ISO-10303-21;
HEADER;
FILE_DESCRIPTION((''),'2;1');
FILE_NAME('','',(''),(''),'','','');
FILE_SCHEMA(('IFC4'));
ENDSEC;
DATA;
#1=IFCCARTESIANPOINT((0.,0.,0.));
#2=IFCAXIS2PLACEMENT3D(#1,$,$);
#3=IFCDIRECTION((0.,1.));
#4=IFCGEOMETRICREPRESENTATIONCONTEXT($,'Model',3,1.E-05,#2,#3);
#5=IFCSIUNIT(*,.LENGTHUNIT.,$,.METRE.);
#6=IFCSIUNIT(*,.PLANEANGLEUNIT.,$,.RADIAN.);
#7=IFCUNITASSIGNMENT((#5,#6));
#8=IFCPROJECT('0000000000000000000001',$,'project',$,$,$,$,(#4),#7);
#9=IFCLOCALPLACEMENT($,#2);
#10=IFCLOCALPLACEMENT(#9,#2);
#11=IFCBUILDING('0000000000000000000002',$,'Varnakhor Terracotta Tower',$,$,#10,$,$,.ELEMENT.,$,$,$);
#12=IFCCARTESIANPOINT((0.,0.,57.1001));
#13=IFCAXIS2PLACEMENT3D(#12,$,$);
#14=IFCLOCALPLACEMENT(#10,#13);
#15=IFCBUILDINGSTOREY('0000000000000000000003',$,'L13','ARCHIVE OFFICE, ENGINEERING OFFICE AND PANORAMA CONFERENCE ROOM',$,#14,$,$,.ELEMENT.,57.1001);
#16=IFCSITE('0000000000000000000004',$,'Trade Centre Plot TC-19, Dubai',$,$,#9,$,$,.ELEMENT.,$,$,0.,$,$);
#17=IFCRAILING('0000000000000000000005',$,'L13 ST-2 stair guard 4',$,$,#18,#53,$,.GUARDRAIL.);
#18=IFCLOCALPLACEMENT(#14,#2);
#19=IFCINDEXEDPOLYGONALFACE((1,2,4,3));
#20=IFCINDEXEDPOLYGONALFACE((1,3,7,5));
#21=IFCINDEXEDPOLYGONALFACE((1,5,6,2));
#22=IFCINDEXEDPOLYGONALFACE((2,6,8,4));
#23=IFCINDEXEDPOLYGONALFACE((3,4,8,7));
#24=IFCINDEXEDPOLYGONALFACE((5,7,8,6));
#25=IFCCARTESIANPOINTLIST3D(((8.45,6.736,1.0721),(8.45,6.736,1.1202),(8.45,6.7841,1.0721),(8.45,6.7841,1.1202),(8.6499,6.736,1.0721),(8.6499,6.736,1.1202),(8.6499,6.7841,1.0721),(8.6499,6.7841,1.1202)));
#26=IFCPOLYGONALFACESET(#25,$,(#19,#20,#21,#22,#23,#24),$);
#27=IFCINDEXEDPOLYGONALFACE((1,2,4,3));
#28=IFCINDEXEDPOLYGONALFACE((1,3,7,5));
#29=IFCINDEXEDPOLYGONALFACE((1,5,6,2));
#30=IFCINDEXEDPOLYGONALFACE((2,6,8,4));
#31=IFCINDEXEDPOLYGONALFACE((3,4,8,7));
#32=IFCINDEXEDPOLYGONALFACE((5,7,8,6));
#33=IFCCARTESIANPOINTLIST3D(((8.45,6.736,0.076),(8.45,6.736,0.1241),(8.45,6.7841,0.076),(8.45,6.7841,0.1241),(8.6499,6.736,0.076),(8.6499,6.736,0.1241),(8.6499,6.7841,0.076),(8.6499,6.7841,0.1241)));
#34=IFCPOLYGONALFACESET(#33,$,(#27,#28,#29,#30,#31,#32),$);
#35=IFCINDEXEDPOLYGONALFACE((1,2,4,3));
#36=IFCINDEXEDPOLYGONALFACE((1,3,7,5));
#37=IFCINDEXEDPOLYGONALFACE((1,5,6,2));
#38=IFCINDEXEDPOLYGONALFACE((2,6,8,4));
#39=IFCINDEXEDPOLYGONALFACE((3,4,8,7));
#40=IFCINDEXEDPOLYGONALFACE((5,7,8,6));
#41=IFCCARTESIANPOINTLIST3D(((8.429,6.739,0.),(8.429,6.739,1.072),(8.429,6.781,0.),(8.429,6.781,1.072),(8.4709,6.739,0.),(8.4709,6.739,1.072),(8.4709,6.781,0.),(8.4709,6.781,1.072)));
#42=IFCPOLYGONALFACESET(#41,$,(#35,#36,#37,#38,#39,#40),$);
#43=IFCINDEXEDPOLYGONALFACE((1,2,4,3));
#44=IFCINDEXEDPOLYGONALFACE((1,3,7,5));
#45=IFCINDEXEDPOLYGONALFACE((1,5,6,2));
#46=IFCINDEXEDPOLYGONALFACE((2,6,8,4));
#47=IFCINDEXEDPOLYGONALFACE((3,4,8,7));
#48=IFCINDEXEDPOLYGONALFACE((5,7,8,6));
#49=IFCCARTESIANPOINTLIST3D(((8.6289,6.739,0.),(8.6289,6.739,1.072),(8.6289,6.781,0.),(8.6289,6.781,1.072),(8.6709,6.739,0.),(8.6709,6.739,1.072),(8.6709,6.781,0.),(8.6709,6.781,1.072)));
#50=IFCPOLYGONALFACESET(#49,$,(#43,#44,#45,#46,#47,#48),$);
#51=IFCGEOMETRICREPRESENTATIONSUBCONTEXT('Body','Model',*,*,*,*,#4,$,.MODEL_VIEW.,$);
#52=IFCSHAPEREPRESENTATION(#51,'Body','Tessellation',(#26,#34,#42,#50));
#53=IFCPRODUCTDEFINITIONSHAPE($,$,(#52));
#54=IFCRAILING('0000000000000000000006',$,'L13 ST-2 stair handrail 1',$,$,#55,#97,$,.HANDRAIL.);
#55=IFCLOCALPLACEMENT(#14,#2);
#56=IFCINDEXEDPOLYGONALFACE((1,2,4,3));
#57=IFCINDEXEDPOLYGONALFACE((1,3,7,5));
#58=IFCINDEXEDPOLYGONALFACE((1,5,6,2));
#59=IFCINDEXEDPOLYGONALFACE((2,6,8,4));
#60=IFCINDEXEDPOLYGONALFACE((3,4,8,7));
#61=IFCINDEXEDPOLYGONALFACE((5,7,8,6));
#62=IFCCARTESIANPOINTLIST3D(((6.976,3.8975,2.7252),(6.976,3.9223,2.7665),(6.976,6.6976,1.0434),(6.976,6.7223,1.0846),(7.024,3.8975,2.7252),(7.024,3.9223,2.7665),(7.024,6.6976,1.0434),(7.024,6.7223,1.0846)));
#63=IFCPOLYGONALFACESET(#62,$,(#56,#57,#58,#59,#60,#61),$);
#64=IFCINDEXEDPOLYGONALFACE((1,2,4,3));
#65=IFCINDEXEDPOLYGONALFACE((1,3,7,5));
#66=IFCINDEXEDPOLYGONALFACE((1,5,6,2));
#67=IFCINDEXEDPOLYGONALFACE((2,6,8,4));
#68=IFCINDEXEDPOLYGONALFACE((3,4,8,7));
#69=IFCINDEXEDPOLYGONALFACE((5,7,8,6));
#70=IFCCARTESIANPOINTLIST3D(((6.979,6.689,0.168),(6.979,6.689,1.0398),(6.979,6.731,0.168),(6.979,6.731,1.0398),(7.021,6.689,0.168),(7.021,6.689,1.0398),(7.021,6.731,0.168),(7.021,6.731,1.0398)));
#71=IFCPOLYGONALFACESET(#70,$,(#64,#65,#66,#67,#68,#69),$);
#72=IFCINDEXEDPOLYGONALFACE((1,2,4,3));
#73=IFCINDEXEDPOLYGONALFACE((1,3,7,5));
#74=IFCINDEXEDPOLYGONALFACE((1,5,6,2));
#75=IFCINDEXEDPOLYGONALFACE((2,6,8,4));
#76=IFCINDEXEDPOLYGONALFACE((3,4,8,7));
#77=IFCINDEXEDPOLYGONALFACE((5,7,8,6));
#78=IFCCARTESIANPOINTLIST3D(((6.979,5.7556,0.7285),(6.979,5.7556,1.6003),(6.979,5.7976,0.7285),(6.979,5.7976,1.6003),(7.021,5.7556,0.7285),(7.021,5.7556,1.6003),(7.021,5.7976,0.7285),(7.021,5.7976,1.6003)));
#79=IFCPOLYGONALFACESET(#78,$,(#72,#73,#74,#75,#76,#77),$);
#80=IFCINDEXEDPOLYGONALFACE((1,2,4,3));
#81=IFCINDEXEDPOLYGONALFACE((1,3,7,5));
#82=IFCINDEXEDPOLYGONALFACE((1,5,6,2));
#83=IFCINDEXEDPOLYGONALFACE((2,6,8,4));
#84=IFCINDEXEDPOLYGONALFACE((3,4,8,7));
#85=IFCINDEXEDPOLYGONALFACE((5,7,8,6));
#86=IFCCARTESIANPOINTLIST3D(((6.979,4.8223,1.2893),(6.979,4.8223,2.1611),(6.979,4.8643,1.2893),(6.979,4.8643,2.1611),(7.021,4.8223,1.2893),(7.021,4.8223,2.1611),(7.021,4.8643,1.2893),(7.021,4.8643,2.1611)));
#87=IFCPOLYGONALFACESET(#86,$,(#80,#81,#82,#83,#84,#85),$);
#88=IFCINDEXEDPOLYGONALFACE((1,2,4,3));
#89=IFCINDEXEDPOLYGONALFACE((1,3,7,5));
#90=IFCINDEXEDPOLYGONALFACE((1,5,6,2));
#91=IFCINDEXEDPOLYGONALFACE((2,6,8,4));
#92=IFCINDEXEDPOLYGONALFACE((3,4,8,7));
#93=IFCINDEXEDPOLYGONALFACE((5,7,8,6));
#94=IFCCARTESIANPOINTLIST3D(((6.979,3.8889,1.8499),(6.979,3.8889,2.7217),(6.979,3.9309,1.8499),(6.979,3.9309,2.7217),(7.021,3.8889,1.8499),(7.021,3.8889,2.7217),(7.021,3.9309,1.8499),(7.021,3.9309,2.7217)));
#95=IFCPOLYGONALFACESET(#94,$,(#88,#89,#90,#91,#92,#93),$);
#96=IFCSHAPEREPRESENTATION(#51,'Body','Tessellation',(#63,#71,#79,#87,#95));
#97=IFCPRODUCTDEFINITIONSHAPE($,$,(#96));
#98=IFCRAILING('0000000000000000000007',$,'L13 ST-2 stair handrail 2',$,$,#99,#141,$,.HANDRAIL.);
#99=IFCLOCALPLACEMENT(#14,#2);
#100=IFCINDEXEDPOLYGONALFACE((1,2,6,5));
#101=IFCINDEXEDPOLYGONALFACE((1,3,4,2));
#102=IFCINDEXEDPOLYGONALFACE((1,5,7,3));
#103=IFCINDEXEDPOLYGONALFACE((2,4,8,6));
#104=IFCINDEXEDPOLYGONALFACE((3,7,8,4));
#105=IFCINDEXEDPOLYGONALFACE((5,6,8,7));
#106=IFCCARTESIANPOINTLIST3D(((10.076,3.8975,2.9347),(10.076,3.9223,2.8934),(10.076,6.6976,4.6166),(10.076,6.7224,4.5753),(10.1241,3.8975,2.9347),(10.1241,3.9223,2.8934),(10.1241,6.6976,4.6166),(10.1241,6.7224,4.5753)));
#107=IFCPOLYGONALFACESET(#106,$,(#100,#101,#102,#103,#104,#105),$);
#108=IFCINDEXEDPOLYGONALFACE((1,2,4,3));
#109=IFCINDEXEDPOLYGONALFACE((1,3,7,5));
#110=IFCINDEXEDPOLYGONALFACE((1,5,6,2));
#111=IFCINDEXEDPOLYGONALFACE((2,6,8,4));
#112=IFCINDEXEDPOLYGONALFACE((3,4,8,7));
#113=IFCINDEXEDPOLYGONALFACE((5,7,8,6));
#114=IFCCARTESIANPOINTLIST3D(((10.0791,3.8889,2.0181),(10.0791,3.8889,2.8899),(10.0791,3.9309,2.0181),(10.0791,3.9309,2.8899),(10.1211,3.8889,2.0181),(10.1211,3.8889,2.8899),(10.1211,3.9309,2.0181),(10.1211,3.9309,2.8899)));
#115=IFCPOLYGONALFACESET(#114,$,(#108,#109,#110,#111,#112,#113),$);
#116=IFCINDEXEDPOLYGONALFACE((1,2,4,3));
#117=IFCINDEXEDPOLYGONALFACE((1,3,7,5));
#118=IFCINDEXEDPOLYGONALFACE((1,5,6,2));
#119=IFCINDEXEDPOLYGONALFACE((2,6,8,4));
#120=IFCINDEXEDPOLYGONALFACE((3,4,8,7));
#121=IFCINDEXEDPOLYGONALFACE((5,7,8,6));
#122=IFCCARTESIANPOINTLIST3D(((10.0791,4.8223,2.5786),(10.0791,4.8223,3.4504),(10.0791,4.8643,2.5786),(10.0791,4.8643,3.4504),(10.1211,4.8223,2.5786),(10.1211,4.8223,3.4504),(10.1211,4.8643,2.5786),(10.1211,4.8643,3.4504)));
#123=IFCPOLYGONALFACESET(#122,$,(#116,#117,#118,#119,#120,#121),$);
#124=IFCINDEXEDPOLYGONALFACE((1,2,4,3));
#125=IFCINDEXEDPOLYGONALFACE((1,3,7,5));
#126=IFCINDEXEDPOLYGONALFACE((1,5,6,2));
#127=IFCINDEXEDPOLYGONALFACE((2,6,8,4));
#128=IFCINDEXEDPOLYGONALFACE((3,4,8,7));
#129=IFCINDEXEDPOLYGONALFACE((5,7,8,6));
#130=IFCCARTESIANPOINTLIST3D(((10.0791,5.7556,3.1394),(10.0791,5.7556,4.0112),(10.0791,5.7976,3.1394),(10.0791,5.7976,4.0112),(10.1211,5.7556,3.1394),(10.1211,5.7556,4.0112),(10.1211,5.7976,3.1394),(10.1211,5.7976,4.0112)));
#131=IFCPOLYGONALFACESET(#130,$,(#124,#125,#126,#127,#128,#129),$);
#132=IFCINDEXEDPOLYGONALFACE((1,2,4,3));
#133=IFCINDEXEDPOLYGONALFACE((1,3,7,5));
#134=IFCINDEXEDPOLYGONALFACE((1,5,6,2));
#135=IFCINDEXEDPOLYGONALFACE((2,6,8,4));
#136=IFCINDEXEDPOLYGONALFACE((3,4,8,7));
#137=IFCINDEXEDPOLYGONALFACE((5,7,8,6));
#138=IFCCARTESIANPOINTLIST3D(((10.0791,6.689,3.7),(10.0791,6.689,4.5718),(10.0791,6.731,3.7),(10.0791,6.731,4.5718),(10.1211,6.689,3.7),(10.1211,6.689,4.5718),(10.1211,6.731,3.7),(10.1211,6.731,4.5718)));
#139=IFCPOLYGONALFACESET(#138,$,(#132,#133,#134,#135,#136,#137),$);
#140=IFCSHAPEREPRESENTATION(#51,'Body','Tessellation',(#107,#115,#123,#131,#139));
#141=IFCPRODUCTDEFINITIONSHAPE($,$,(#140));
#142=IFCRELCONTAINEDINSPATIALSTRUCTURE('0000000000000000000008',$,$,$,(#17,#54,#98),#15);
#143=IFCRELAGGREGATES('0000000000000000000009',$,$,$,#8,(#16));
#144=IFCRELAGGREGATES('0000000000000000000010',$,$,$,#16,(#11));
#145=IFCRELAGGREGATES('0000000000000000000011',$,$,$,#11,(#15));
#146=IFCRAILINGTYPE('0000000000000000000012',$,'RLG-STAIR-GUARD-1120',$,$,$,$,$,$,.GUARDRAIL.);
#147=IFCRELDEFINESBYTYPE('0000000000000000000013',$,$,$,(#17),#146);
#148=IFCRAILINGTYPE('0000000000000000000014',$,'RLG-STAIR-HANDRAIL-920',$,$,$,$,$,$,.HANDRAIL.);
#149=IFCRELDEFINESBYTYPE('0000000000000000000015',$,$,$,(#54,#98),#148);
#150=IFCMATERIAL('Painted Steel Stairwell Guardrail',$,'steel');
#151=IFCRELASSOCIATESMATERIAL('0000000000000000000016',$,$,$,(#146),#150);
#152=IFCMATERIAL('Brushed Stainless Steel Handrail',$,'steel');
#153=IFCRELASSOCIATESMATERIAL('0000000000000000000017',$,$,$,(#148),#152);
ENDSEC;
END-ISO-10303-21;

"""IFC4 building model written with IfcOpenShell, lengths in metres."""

from ifc_helpers import new_model, si_unit, direction, frame, origin, origin_2d, place, context, subcontext, project, spatial, rectangle, extrude, material, type_object, element, save


model = new_model("IFC4")

# Units and contexts
model_context = context("Model", 3, precision=1e-05, world=origin(), true_north=direction((0.0, 1.0)))
body_context = subcontext(model_context, "Body", "Model", "MODEL_VIEW")
ifc_project = project(units=[si_unit("LENGTHUNIT", "METRE"), si_unit("PLANEANGLEUNIT", "RADIAN")], contexts=[model_context])

# Site, building, storey
site_placement = place(None, origin())
site = spatial("IfcSite", under=ifc_project, at=site_placement, Name="Trade Centre Plot TC-19, Dubai", CompositionType="ELEMENT", RefElevation=0.0)
building_placement = place(site_placement, origin())
building = spatial("IfcBuilding", under=site, at=building_placement, Name="Varnakhor Terracotta Tower", CompositionType="ELEMENT")
storey_placement = place(building_placement, frame((0.0, 0.0, 57.1001)))
storey = spatial("IfcBuildingStorey", under=building, at=storey_placement, Name="L13", Description="ARCHIVE OFFICE, ENGINEERING OFFICE AND PANORAMA CONFERENCE ROOM", CompositionType="ELEMENT", Elevation=57.1001)

# Railings
ifc_material_1 = material(Name="Painted Steel Stairwell Guardrail", Category="steel")
railing_type_1 = type_object("IfcRailingType", Name="RLG-STAIR-GUARD-1120", PredefinedType="GUARDRAIL", material=ifc_material_1)
railing_1_placement = place(storey_placement, frame((8.45, 6.76, 0.0)))
element("IfcRailing", 1, at=railing_1_placement, inside=storey, type_object=railing_type_1, Name="L13 ST-2 stair guard 4", PredefinedType="GUARDRAIL", context=body_context, shape_type="SweptSolid", body=[
    extrude(rectangle(XDim=0.0481, YDim=0.0481, at=origin_2d()), frame((0.0, 0.0, 1.0962), z_axis=(1.0, 0.0, 0.0), x_axis=(0.0, 1.0, 0.0)), (0.0, 0.0, 1.0), 0.2),
    extrude(rectangle(XDim=0.0481, YDim=0.0481, at=origin_2d()), frame((0.0, 0.0, 0.1001), z_axis=(1.0, 0.0, 0.0), x_axis=(0.0, 1.0, 0.0)), (0.0, 0.0, 1.0), 0.2),
    extrude(rectangle(XDim=0.042, YDim=0.042, at=origin_2d()), origin(), (0.0, 0.0, 1.0), 1.072),
    extrude(rectangle(XDim=0.042, YDim=0.042, at=origin_2d()), frame((0.2, 0.0, 0.0)), (0.0, 0.0, 1.0), 1.072),
])
ifc_material_2 = material(Name="Brushed Stainless Steel Handrail", Category="steel")
railing_type_2 = type_object("IfcRailingType", Name="RLG-STAIR-HANDRAIL-920", PredefinedType="HANDRAIL", material=ifc_material_2)
railing_2_placement = place(storey_placement, frame((7.0, 6.71, 0.168)))
element("IfcRailing", 2, at=railing_2_placement, inside=storey, type_object=railing_type_2, Name="L13 ST-2 stair handrail 1", PredefinedType="HANDRAIL", context=body_context, shape_type="SweptSolid", body=[
    extrude(rectangle(XDim=0.0481, YDim=0.0481, at=origin_2d()), frame((0.0, 0.0, 0.896), z_axis=(0.0, -0.857242, 0.514913), x_axis=(1.0, 0.0, 0.0)), (0.0, 0.0, 1.0), 3.2664),
    extrude(rectangle(XDim=0.042, YDim=0.042, at=origin_2d()), origin(), (0.0, 0.0, 1.0), 0.8718),
    extrude(rectangle(XDim=0.042, YDim=0.042, at=origin_2d()), frame((0.0, -0.9333, 0.5605)), (0.0, 0.0, 1.0), 0.8718),
    extrude(rectangle(XDim=0.042, YDim=0.042, at=origin_2d()), frame((0.0, -1.8667, 1.1213)), (0.0, 0.0, 1.0), 0.8718),
    extrude(rectangle(XDim=0.042, YDim=0.042, at=origin_2d()), frame((0.0, -2.8, 1.6819)), (0.0, 0.0, 1.0), 0.8718),
])
railing_3_placement = place(storey_placement, frame((10.1001, 3.9099, 2.0181)))
element("IfcRailing", 3, at=railing_3_placement, inside=storey, type_object=railing_type_2, Name="L13 ST-2 stair handrail 2", PredefinedType="HANDRAIL", context=body_context, shape_type="SweptSolid", body=[
    extrude(rectangle(XDim=0.0481, YDim=0.0481, at=origin_2d()), frame((0.0, 0.0, 0.896), z_axis=(0.0, 0.857242, 0.514913), x_axis=(-1.0, 0.0, 0.0)), (0.0, 0.0, 1.0), 3.2664),
    extrude(rectangle(XDim=0.042, YDim=0.042, at=origin_2d()), origin(), (0.0, 0.0, 1.0), 0.8718),
    extrude(rectangle(XDim=0.042, YDim=0.042, at=origin_2d()), frame((0.0, 0.9333, 0.5605)), (0.0, 0.0, 1.0), 0.8718),
    extrude(rectangle(XDim=0.042, YDim=0.042, at=origin_2d()), frame((0.0, 1.8667, 1.1213)), (0.0, 0.0, 1.0), 0.8718),
    extrude(rectangle(XDim=0.042, YDim=0.042, at=origin_2d()), frame((0.0, 2.8, 1.6819)), (0.0, 0.0, 1.0), 0.8718),
])

save(model, "model.ifc")
